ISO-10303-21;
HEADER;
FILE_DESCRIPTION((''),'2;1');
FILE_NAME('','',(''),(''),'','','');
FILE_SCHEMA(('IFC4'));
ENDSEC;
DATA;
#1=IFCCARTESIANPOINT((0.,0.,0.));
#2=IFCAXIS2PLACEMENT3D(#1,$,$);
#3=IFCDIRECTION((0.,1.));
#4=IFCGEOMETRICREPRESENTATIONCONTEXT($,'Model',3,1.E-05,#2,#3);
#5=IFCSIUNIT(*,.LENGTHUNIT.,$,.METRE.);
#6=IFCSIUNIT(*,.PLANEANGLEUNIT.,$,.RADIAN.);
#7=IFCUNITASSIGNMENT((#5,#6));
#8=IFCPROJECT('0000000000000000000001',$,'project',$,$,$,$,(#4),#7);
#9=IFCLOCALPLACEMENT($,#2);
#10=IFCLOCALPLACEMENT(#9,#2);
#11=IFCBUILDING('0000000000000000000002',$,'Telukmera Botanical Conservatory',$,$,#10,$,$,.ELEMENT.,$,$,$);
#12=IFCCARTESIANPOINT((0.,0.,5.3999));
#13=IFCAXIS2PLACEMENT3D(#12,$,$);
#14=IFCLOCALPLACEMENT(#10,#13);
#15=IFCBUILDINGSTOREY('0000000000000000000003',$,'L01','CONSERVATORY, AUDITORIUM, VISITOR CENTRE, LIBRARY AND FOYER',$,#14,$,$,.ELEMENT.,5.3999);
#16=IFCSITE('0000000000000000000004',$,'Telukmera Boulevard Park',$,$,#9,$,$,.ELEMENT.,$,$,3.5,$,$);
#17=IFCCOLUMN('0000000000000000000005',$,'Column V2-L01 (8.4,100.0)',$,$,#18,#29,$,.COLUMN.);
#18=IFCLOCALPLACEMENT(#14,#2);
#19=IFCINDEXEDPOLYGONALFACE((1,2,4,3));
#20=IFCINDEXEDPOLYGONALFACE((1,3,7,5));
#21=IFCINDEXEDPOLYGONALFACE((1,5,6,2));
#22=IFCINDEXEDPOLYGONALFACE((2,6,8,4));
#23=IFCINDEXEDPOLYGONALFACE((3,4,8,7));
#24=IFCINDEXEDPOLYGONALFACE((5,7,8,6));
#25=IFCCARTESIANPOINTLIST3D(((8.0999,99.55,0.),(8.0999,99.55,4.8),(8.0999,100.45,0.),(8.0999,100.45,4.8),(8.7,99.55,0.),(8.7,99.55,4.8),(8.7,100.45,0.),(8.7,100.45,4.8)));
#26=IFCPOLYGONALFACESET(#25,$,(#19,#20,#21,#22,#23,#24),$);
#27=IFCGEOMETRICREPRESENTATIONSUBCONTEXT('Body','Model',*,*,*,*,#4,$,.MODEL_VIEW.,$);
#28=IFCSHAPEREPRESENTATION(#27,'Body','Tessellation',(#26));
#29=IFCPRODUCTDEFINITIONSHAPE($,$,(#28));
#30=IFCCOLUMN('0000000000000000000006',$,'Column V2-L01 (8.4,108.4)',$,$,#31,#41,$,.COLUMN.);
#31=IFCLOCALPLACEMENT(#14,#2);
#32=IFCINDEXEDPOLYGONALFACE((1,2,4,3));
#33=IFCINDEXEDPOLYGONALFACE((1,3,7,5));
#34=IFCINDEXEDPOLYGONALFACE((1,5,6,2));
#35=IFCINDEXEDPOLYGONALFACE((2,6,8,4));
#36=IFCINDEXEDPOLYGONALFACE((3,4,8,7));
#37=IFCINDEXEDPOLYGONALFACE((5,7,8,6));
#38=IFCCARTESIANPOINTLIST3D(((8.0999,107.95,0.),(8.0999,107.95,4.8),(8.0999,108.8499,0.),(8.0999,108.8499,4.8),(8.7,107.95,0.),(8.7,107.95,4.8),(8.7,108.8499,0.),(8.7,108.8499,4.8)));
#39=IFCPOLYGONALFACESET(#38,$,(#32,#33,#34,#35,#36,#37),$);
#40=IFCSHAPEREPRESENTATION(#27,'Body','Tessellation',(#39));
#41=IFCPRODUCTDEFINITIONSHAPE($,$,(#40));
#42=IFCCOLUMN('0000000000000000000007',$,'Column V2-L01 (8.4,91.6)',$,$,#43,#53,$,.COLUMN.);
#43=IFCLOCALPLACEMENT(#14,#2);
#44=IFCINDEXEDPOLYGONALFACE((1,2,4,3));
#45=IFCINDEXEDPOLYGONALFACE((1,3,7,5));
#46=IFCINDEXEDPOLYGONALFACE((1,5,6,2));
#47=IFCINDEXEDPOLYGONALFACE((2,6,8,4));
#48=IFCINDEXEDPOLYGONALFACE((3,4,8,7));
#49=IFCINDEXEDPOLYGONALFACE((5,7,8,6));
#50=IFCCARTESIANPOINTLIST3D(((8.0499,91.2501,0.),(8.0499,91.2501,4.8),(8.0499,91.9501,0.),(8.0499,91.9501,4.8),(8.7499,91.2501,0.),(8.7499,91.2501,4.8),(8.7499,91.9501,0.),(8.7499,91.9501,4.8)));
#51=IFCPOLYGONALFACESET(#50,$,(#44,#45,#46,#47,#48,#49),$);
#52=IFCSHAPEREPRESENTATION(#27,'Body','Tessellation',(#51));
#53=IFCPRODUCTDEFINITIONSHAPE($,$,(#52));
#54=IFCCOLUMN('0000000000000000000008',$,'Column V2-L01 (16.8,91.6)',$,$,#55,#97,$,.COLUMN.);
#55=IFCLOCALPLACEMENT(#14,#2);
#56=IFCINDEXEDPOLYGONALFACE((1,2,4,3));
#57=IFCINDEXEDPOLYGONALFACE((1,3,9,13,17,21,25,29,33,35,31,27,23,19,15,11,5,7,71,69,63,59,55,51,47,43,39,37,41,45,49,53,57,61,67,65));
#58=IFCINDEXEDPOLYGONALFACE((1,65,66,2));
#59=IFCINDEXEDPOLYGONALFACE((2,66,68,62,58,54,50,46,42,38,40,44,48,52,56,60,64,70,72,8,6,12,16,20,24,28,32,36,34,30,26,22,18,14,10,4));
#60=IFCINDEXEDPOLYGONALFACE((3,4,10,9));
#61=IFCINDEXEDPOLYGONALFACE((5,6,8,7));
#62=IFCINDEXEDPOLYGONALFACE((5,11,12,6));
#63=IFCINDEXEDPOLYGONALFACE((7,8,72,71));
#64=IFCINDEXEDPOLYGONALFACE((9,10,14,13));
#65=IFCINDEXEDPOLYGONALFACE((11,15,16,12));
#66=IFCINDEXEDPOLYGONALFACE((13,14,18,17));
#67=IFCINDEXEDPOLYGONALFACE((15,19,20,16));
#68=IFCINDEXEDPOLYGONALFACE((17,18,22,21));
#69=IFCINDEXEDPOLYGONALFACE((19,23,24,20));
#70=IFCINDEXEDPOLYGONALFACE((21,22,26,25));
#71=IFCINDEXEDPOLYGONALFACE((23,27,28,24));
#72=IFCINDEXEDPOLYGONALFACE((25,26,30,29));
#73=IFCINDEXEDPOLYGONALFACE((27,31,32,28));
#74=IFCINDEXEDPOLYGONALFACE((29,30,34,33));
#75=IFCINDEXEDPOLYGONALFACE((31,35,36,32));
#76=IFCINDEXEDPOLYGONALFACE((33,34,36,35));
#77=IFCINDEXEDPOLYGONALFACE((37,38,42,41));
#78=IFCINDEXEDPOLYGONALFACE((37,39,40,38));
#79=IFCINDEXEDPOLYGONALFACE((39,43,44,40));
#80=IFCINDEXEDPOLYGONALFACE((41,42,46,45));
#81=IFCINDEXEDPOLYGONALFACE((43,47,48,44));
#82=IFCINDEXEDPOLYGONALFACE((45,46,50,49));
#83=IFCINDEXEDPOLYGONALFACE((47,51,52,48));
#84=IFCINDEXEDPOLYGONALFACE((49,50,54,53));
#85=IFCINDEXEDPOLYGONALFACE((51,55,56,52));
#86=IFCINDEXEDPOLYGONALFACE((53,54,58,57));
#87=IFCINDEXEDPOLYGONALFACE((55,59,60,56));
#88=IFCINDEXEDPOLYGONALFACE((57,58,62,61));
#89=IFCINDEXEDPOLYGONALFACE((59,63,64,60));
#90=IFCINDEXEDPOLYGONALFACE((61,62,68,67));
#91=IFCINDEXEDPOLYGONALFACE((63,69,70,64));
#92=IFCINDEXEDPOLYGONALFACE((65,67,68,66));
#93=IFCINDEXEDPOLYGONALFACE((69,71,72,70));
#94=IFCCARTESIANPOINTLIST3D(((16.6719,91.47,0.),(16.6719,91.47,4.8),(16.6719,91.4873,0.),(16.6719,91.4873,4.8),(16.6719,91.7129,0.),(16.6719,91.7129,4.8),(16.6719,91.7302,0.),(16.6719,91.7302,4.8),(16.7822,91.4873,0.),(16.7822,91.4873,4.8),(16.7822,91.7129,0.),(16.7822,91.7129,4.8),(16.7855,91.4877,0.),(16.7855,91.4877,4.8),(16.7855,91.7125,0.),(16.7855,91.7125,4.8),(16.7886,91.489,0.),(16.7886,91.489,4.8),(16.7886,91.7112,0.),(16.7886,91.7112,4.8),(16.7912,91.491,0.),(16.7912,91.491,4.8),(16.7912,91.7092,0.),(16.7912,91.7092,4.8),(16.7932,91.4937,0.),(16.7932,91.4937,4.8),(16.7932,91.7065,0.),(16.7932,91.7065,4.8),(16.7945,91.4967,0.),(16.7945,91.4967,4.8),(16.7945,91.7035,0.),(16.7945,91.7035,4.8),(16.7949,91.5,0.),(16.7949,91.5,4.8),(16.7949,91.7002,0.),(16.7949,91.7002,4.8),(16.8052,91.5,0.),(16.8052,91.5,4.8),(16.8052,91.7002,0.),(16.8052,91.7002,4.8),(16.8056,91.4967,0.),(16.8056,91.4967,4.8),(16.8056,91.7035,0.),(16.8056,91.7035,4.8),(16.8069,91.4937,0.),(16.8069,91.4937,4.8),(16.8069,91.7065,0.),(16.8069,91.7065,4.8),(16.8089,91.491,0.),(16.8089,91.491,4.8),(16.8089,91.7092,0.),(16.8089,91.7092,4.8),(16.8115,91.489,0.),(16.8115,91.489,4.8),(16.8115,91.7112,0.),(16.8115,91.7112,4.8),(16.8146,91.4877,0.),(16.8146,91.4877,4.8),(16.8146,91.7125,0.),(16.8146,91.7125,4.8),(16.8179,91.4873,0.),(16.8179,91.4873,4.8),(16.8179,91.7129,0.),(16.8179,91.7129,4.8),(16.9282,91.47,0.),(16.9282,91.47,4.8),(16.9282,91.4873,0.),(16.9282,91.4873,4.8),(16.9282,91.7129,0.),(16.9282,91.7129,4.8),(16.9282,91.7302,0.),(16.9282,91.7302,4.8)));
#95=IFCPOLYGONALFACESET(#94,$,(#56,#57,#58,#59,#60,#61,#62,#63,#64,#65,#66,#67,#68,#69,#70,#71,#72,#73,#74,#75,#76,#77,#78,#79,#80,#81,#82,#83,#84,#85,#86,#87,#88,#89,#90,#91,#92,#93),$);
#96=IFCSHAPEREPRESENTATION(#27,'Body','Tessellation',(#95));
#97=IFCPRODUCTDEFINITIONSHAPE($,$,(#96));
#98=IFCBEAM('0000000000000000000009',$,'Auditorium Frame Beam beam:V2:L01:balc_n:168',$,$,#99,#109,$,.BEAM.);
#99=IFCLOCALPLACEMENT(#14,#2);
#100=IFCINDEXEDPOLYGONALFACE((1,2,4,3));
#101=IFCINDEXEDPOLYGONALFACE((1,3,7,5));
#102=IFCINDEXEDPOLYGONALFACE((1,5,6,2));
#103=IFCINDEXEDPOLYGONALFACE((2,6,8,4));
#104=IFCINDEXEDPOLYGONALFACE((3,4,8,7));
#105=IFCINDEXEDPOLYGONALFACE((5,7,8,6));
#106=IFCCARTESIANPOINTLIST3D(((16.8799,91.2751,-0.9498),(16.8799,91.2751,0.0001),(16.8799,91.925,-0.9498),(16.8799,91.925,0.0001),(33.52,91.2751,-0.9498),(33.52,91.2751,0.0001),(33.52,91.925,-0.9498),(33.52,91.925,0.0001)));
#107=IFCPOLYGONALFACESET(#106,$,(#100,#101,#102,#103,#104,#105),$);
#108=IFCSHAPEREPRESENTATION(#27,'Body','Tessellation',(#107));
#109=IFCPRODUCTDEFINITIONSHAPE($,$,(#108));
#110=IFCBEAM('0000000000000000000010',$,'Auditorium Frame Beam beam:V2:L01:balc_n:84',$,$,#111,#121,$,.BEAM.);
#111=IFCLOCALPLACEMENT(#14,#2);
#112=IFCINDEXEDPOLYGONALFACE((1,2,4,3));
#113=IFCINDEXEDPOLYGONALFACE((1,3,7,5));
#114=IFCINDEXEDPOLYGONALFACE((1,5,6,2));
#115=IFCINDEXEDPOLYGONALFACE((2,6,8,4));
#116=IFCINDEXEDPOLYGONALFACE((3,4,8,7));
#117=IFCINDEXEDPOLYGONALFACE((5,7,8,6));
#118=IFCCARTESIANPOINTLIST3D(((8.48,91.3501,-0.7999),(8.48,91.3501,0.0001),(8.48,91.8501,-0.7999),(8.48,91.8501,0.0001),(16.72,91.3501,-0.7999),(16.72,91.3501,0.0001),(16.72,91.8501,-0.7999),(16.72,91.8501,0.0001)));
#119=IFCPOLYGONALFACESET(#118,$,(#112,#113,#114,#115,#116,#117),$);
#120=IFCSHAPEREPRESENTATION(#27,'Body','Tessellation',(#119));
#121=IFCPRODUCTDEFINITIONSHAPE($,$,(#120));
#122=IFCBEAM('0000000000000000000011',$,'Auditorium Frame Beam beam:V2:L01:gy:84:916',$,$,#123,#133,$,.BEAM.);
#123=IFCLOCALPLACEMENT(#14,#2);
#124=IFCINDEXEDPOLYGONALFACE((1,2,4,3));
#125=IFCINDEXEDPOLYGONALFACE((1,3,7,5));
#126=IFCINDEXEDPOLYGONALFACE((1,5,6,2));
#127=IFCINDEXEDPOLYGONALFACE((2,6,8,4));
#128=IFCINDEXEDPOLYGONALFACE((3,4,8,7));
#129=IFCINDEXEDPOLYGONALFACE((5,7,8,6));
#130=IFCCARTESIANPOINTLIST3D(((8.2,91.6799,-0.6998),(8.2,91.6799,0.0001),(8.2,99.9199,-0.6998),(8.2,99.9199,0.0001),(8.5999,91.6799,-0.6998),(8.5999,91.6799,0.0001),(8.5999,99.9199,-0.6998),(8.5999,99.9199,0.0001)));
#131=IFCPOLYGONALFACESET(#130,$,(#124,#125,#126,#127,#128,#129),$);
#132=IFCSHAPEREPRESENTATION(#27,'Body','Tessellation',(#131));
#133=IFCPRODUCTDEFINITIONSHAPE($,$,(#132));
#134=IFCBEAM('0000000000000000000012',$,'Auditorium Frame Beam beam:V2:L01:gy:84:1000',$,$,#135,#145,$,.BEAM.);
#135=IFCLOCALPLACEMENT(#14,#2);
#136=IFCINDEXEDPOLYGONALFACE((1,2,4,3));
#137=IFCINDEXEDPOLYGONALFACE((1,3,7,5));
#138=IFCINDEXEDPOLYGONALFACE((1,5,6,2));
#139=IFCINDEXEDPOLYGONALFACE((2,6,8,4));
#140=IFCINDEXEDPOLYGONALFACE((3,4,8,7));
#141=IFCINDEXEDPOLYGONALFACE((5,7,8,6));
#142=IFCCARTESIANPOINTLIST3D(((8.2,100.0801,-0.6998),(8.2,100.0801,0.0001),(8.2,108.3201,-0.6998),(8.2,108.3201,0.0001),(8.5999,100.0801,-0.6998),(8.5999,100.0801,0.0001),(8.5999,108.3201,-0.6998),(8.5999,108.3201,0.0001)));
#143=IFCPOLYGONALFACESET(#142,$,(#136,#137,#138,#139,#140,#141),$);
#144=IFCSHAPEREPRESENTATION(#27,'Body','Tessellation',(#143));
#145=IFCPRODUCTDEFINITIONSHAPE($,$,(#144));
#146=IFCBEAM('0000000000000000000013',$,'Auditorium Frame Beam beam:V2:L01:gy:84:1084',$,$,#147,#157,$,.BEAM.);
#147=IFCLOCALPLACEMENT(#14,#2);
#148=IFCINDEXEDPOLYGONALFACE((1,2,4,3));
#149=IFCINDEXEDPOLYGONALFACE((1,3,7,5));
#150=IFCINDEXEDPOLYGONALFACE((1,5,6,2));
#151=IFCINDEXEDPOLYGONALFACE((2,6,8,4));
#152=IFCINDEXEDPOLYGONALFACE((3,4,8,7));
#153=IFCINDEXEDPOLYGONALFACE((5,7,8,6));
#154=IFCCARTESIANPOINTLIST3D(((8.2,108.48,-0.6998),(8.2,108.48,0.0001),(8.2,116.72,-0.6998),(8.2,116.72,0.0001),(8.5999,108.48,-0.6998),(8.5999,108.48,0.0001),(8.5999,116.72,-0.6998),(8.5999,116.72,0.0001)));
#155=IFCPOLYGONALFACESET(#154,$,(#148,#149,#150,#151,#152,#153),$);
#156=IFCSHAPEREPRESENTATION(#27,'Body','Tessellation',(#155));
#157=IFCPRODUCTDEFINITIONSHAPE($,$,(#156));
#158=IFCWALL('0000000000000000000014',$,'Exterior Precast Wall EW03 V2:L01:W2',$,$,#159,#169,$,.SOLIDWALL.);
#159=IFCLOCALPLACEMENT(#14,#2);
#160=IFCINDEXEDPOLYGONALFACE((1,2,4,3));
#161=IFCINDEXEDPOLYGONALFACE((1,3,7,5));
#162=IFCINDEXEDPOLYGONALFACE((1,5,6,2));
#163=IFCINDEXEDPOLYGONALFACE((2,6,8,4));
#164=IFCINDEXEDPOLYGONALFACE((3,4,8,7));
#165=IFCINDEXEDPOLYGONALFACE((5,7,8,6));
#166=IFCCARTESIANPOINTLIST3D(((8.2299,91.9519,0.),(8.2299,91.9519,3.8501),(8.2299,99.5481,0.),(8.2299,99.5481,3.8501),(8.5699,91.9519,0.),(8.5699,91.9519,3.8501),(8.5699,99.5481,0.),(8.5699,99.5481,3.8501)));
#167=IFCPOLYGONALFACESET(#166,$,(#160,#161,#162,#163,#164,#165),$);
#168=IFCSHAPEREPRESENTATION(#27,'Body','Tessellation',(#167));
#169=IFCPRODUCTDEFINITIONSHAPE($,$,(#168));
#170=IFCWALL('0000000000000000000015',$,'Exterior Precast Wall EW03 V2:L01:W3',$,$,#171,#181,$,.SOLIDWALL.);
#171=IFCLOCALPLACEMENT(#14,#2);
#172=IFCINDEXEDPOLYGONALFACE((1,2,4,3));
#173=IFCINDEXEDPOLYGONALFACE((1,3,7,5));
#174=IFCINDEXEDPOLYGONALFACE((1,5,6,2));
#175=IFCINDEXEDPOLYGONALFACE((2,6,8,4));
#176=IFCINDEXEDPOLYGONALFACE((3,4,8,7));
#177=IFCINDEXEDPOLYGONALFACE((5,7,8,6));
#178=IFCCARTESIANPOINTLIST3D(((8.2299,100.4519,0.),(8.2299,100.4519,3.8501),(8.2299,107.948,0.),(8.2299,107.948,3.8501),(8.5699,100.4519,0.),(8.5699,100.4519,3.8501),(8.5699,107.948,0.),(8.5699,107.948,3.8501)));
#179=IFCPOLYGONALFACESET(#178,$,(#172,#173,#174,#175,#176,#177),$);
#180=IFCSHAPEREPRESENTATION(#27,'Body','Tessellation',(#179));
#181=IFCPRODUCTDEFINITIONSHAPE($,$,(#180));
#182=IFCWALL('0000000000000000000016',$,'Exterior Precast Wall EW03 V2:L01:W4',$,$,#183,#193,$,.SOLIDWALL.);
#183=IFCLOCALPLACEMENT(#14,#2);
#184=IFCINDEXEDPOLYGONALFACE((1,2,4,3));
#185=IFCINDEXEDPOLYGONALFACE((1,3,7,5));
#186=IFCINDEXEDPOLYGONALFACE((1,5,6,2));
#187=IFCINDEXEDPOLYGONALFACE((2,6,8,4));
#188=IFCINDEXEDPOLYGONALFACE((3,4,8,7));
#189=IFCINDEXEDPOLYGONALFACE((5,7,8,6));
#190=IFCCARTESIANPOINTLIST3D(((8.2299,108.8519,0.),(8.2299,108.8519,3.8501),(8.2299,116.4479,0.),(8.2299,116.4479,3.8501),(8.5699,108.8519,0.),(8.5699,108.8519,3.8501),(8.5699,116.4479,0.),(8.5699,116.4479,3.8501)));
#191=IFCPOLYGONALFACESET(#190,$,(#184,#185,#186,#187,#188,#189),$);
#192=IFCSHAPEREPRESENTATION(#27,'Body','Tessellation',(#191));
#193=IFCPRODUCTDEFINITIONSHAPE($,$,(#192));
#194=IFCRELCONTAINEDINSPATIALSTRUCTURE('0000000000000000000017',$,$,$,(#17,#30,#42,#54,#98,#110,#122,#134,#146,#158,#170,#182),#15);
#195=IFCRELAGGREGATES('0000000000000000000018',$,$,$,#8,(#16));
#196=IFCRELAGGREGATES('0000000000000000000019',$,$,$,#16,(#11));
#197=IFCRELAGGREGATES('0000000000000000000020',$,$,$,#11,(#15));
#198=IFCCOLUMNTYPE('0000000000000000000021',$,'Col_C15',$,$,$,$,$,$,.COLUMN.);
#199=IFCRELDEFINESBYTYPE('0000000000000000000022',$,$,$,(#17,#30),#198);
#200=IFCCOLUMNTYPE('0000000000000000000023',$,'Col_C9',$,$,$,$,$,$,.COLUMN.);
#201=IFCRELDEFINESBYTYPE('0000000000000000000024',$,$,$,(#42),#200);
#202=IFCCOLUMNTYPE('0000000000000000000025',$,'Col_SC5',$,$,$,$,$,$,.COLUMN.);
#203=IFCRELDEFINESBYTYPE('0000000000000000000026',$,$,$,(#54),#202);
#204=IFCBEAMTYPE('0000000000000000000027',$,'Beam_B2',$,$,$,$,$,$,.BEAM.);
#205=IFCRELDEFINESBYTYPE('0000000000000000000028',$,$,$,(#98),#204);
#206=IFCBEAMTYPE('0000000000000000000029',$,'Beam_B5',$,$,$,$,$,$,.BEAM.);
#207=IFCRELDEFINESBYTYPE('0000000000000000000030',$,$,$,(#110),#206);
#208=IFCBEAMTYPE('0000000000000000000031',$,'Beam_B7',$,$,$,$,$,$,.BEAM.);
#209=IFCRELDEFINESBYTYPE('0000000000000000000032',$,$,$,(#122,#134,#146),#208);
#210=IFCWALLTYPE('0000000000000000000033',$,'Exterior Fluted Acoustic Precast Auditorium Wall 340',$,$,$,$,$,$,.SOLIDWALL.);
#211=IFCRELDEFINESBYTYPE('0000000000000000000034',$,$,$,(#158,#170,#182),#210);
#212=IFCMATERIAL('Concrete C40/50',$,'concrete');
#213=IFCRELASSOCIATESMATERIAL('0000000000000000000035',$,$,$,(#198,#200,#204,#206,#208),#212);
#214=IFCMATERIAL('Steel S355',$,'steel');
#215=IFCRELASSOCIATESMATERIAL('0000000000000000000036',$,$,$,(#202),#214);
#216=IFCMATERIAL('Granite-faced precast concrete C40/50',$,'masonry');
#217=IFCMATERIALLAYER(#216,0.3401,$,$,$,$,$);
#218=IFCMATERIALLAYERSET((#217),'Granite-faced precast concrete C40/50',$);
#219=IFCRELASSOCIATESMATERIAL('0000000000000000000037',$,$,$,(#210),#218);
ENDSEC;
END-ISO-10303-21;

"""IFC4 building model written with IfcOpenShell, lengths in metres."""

from ifc_helpers import new_model, si_unit, direction, frame, frame_2d, origin, origin_2d, place, context, subcontext, project, spatial, rectangle, i_section, extrude, material, layer, layer_set, material_profile, profile_set, type_object, element, save


model = new_model("IFC4")

# Units and contexts
model_context = context("Model", 3, precision=1e-05, world=origin(), true_north=direction((0.0, 1.0)))
body_context = subcontext(model_context, "Body", "Model", "MODEL_VIEW")
ifc_project = project(units=[si_unit("LENGTHUNIT", "METRE"), si_unit("PLANEANGLEUNIT", "RADIAN")], contexts=[model_context])

# Site, building, storey
site_placement = place(None, origin())
site = spatial("IfcSite", under=ifc_project, at=site_placement, Name="Telukmera Boulevard Park", CompositionType="ELEMENT", RefElevation=3.5)
building_placement = place(site_placement, origin())
building = spatial("IfcBuilding", under=site, at=building_placement, Name="Telukmera Botanical Conservatory", CompositionType="ELEMENT")
storey_placement = place(building_placement, frame((0.0, 0.0, 5.3999)))
storey = spatial("IfcBuildingStorey", under=building, at=storey_placement, Name="L01", Description="CONSERVATORY, AUDITORIUM, VISITOR CENTRE, LIBRARY AND FOYER", CompositionType="ELEMENT", Elevation=5.3999)

# Columns
ifc_material_1 = material(Name="Concrete C40/50", Category="concrete")
ifc_material_profile_1 = material_profile(ifc_material_1, rectangle(XDim=0.6001, YDim=0.8999, at=origin_2d()), Name="RC 900x600")
ifc_profile_set_1 = profile_set([ifc_material_profile_1], Name="Concrete C40/50")
column_type_1 = type_object("IfcColumnType", Name="Col_C15", PredefinedType="COLUMN", material=ifc_profile_set_1)
for number, where, z_axis, x_axis, name in (
    (1, (8.3999, 100.0, 0.0), (0.0, 0.0, 1.0), (1.0, 0.0, 0.0), "Column V2-L01 (8.4,100.0)"),
    (2, (8.3999, 108.3999, 0.0), (0.0, 0.0, 1.0), (1.0, 0.0, 0.0), "Column V2-L01 (8.4,108.4)"),
):
    element("IfcColumn", number, at=place(storey_placement, frame(where, z_axis=z_axis, x_axis=x_axis)), inside=storey, type_object=column_type_1, Name=name, PredefinedType="COLUMN", context=body_context, shape_type="SweptSolid", body=[
        extrude(rectangle(XDim=0.6001, YDim=0.8999, at=origin_2d()), origin(), (0.0, 0.0, 1.0), 4.8),
    ])
ifc_material_profile_2 = material_profile(ifc_material_1, rectangle(XDim=0.7, YDim=0.7, at=origin_2d()), Name="RC 700x700")
ifc_profile_set_2 = profile_set([ifc_material_profile_2], Name="Concrete C40/50")
column_type_2 = type_object("IfcColumnType", Name="Col_C9", PredefinedType="COLUMN", material=ifc_profile_set_2)
column_1_placement = place(storey_placement, frame((8.3999, 91.6001, 0.0), z_axis=(0.0, 0.0, 1.0), x_axis=(1.0, 0.0, 0.0)))
element("IfcColumn", 3, at=column_1_placement, inside=storey, type_object=column_type_2, Name="Column V2-L01 (8.4,91.6)", PredefinedType="COLUMN", context=body_context, shape_type="SweptSolid", body=[
    extrude(rectangle(XDim=0.7, YDim=0.7, at=origin_2d()), origin(), (0.0, 0.0, 1.0), 4.8),
])
ifc_material_2 = material(Name="Steel S355", Category="steel")
ifc_material_profile_3 = material_profile(ifc_material_2, i_section(OverallWidth=0.2563, OverallDepth=0.2603, WebThickness=0.0103, FlangeThickness=0.0173, FilletRadius=0.0127, at=origin_2d()), Name="UC 254x254x89")
ifc_profile_set_3 = profile_set([ifc_material_profile_3], Name="Steel S355")
column_type_3 = type_object("IfcColumnType", Name="Col_SC5", PredefinedType="COLUMN", material=ifc_profile_set_3)
column_2_placement = place(storey_placement, frame((16.8, 91.6001, 0.0), z_axis=(0.0, 0.0, 1.0), x_axis=(1.0, 0.0, 0.0)))
element("IfcColumn", 4, at=column_2_placement, inside=storey, type_object=column_type_3, Name="Column V2-L01 (16.8,91.6)", PredefinedType="COLUMN", context=body_context, shape_type="SweptSolid", body=[
    extrude(i_section(OverallWidth=0.2563, OverallDepth=0.2603, WebThickness=0.0103, FlangeThickness=0.0173, FilletRadius=0.0127, at=origin_2d()), origin(), (0.0, 0.0, 1.0), 4.8),
])

# Beams
ifc_material_profile_4 = material_profile(ifc_material_1, rectangle(XDim=0.6499, YDim=0.95, at=origin_2d()), Name="RC 650x950")
ifc_profile_set_4 = profile_set([ifc_material_profile_4], Name="Concrete C40/50")
beam_type_1 = type_object("IfcBeamType", Name="Beam_B2", PredefinedType="BEAM", material=ifc_profile_set_4)
beam_1_placement = place(storey_placement, frame((16.8799, 91.6001, -0.4749), z_axis=(1.0, 0.0, 0.0), x_axis=(0.0, 1.0, 0.0)))
element("IfcBeam", 5, at=beam_1_placement, inside=storey, type_object=beam_type_1, Name="Auditorium Frame Beam beam:V2:L01:balc_n:168", PredefinedType="BEAM", context=body_context, shape_type="SweptSolid", body=[
    extrude(rectangle(XDim=0.6499, YDim=0.95, at=origin_2d()), origin(), (0.0, 0.0, 1.0), 16.6401),
])
ifc_material_profile_5 = material_profile(ifc_material_1, rectangle(XDim=0.5, YDim=0.8, at=origin_2d()), Name="RC 500x800")
ifc_profile_set_5 = profile_set([ifc_material_profile_5], Name="Concrete C40/50")
beam_type_2 = type_object("IfcBeamType", Name="Beam_B5", PredefinedType="BEAM", material=ifc_profile_set_5)
beam_2_placement = place(storey_placement, frame((8.48, 91.6001, -0.3999), z_axis=(1.0, 0.0, 0.0), x_axis=(0.0, 1.0, 0.0)))
element("IfcBeam", 6, at=beam_2_placement, inside=storey, type_object=beam_type_2, Name="Auditorium Frame Beam beam:V2:L01:balc_n:84", PredefinedType="BEAM", context=body_context, shape_type="SweptSolid", body=[
    extrude(rectangle(XDim=0.5, YDim=0.8, at=origin_2d()), origin(), (0.0, 0.0, 1.0), 8.24),
])
ifc_material_profile_6 = material_profile(ifc_material_1, rectangle(XDim=0.3999, YDim=0.7, at=origin_2d()), Name="RC 400x700")
ifc_profile_set_6 = profile_set([ifc_material_profile_6], Name="Concrete C40/50")
beam_type_3 = type_object("IfcBeamType", Name="Beam_B7", PredefinedType="BEAM", material=ifc_profile_set_6)
for number, where, z_axis, x_axis, name in (
    (7, (8.3999, 91.6799, -0.3499), (0.0, 1.0, 0.0), (-1.0, 0.0, 0.0), "Auditorium Frame Beam beam:V2:L01:gy:84:916"),
    (8, (8.3999, 100.0801, -0.3499), (0.0, 1.0, 0.0), (-1.0, 0.0, 0.0), "Auditorium Frame Beam beam:V2:L01:gy:84:1000"),
    (9, (8.3999, 108.48, -0.3499), (0.0, 1.0, 0.0), (-1.0, 0.0, 0.0), "Auditorium Frame Beam beam:V2:L01:gy:84:1084"),
):
    element("IfcBeam", number, at=place(storey_placement, frame(where, z_axis=z_axis, x_axis=x_axis)), inside=storey, type_object=beam_type_3, Name=name, PredefinedType="BEAM", context=body_context, shape_type="SweptSolid", body=[
        extrude(rectangle(XDim=0.3999, YDim=0.7, at=origin_2d()), origin(), (0.0, 0.0, 1.0), 8.24),
    ])

# Walls
ifc_material_3 = material(Name="Granite-faced precast concrete C40/50", Category="masonry")
ifc_layer_1 = layer(ifc_material_3, 0.3401)
ifc_layer_set_1 = layer_set([ifc_layer_1], Name="Granite-faced precast concrete C40/50")
wall_type = type_object("IfcWallType", Name="Exterior Fluted Acoustic Precast Auditorium Wall 340", PredefinedType="SOLIDWALL", material=ifc_layer_set_1)
wall_1_placement = place(storey_placement, frame((8.3999, 91.9519, 0.0), z_axis=(0.0, 0.0, 1.0), x_axis=(0.0, 1.0, 0.0)))
element("IfcWall", 10, at=wall_1_placement, inside=storey, type_object=wall_type, Name="Exterior Precast Wall EW03 V2:L01:W2", PredefinedType="SOLIDWALL", context=body_context, shape_type="SweptSolid", body=[
    extrude(rectangle(XDim=7.5962, YDim=0.3401, at=frame_2d((3.7981, 0.0))), origin(), (0.0, 0.0, 1.0), 3.8501),
])
wall_2_placement = place(storey_placement, frame((8.3999, 100.4519, 0.0), z_axis=(0.0, 0.0, 1.0), x_axis=(0.0, 1.0, 0.0)))
element("IfcWall", 11, at=wall_2_placement, inside=storey, type_object=wall_type, Name="Exterior Precast Wall EW03 V2:L01:W3", PredefinedType="SOLIDWALL", context=body_context, shape_type="SweptSolid", body=[
    extrude(rectangle(XDim=7.4961, YDim=0.3401, at=frame_2d((3.748, 0.0))), origin(), (0.0, 0.0, 1.0), 3.8501),
])
wall_3_placement = place(storey_placement, frame((8.3999, 108.8521, 0.0), z_axis=(0.0, 0.0, 1.0), x_axis=(0.0, 1.0, 0.0)))
element("IfcWall", 12, at=wall_3_placement, inside=storey, type_object=wall_type, Name="Exterior Precast Wall EW03 V2:L01:W4", PredefinedType="SOLIDWALL", context=body_context, shape_type="SweptSolid", body=[
    extrude(rectangle(XDim=7.5959, YDim=0.3401, at=frame_2d((3.7979, 0.0))), origin(), (0.0, 0.0, 1.0), 3.8501),
])

save(model, "model.ifc")
